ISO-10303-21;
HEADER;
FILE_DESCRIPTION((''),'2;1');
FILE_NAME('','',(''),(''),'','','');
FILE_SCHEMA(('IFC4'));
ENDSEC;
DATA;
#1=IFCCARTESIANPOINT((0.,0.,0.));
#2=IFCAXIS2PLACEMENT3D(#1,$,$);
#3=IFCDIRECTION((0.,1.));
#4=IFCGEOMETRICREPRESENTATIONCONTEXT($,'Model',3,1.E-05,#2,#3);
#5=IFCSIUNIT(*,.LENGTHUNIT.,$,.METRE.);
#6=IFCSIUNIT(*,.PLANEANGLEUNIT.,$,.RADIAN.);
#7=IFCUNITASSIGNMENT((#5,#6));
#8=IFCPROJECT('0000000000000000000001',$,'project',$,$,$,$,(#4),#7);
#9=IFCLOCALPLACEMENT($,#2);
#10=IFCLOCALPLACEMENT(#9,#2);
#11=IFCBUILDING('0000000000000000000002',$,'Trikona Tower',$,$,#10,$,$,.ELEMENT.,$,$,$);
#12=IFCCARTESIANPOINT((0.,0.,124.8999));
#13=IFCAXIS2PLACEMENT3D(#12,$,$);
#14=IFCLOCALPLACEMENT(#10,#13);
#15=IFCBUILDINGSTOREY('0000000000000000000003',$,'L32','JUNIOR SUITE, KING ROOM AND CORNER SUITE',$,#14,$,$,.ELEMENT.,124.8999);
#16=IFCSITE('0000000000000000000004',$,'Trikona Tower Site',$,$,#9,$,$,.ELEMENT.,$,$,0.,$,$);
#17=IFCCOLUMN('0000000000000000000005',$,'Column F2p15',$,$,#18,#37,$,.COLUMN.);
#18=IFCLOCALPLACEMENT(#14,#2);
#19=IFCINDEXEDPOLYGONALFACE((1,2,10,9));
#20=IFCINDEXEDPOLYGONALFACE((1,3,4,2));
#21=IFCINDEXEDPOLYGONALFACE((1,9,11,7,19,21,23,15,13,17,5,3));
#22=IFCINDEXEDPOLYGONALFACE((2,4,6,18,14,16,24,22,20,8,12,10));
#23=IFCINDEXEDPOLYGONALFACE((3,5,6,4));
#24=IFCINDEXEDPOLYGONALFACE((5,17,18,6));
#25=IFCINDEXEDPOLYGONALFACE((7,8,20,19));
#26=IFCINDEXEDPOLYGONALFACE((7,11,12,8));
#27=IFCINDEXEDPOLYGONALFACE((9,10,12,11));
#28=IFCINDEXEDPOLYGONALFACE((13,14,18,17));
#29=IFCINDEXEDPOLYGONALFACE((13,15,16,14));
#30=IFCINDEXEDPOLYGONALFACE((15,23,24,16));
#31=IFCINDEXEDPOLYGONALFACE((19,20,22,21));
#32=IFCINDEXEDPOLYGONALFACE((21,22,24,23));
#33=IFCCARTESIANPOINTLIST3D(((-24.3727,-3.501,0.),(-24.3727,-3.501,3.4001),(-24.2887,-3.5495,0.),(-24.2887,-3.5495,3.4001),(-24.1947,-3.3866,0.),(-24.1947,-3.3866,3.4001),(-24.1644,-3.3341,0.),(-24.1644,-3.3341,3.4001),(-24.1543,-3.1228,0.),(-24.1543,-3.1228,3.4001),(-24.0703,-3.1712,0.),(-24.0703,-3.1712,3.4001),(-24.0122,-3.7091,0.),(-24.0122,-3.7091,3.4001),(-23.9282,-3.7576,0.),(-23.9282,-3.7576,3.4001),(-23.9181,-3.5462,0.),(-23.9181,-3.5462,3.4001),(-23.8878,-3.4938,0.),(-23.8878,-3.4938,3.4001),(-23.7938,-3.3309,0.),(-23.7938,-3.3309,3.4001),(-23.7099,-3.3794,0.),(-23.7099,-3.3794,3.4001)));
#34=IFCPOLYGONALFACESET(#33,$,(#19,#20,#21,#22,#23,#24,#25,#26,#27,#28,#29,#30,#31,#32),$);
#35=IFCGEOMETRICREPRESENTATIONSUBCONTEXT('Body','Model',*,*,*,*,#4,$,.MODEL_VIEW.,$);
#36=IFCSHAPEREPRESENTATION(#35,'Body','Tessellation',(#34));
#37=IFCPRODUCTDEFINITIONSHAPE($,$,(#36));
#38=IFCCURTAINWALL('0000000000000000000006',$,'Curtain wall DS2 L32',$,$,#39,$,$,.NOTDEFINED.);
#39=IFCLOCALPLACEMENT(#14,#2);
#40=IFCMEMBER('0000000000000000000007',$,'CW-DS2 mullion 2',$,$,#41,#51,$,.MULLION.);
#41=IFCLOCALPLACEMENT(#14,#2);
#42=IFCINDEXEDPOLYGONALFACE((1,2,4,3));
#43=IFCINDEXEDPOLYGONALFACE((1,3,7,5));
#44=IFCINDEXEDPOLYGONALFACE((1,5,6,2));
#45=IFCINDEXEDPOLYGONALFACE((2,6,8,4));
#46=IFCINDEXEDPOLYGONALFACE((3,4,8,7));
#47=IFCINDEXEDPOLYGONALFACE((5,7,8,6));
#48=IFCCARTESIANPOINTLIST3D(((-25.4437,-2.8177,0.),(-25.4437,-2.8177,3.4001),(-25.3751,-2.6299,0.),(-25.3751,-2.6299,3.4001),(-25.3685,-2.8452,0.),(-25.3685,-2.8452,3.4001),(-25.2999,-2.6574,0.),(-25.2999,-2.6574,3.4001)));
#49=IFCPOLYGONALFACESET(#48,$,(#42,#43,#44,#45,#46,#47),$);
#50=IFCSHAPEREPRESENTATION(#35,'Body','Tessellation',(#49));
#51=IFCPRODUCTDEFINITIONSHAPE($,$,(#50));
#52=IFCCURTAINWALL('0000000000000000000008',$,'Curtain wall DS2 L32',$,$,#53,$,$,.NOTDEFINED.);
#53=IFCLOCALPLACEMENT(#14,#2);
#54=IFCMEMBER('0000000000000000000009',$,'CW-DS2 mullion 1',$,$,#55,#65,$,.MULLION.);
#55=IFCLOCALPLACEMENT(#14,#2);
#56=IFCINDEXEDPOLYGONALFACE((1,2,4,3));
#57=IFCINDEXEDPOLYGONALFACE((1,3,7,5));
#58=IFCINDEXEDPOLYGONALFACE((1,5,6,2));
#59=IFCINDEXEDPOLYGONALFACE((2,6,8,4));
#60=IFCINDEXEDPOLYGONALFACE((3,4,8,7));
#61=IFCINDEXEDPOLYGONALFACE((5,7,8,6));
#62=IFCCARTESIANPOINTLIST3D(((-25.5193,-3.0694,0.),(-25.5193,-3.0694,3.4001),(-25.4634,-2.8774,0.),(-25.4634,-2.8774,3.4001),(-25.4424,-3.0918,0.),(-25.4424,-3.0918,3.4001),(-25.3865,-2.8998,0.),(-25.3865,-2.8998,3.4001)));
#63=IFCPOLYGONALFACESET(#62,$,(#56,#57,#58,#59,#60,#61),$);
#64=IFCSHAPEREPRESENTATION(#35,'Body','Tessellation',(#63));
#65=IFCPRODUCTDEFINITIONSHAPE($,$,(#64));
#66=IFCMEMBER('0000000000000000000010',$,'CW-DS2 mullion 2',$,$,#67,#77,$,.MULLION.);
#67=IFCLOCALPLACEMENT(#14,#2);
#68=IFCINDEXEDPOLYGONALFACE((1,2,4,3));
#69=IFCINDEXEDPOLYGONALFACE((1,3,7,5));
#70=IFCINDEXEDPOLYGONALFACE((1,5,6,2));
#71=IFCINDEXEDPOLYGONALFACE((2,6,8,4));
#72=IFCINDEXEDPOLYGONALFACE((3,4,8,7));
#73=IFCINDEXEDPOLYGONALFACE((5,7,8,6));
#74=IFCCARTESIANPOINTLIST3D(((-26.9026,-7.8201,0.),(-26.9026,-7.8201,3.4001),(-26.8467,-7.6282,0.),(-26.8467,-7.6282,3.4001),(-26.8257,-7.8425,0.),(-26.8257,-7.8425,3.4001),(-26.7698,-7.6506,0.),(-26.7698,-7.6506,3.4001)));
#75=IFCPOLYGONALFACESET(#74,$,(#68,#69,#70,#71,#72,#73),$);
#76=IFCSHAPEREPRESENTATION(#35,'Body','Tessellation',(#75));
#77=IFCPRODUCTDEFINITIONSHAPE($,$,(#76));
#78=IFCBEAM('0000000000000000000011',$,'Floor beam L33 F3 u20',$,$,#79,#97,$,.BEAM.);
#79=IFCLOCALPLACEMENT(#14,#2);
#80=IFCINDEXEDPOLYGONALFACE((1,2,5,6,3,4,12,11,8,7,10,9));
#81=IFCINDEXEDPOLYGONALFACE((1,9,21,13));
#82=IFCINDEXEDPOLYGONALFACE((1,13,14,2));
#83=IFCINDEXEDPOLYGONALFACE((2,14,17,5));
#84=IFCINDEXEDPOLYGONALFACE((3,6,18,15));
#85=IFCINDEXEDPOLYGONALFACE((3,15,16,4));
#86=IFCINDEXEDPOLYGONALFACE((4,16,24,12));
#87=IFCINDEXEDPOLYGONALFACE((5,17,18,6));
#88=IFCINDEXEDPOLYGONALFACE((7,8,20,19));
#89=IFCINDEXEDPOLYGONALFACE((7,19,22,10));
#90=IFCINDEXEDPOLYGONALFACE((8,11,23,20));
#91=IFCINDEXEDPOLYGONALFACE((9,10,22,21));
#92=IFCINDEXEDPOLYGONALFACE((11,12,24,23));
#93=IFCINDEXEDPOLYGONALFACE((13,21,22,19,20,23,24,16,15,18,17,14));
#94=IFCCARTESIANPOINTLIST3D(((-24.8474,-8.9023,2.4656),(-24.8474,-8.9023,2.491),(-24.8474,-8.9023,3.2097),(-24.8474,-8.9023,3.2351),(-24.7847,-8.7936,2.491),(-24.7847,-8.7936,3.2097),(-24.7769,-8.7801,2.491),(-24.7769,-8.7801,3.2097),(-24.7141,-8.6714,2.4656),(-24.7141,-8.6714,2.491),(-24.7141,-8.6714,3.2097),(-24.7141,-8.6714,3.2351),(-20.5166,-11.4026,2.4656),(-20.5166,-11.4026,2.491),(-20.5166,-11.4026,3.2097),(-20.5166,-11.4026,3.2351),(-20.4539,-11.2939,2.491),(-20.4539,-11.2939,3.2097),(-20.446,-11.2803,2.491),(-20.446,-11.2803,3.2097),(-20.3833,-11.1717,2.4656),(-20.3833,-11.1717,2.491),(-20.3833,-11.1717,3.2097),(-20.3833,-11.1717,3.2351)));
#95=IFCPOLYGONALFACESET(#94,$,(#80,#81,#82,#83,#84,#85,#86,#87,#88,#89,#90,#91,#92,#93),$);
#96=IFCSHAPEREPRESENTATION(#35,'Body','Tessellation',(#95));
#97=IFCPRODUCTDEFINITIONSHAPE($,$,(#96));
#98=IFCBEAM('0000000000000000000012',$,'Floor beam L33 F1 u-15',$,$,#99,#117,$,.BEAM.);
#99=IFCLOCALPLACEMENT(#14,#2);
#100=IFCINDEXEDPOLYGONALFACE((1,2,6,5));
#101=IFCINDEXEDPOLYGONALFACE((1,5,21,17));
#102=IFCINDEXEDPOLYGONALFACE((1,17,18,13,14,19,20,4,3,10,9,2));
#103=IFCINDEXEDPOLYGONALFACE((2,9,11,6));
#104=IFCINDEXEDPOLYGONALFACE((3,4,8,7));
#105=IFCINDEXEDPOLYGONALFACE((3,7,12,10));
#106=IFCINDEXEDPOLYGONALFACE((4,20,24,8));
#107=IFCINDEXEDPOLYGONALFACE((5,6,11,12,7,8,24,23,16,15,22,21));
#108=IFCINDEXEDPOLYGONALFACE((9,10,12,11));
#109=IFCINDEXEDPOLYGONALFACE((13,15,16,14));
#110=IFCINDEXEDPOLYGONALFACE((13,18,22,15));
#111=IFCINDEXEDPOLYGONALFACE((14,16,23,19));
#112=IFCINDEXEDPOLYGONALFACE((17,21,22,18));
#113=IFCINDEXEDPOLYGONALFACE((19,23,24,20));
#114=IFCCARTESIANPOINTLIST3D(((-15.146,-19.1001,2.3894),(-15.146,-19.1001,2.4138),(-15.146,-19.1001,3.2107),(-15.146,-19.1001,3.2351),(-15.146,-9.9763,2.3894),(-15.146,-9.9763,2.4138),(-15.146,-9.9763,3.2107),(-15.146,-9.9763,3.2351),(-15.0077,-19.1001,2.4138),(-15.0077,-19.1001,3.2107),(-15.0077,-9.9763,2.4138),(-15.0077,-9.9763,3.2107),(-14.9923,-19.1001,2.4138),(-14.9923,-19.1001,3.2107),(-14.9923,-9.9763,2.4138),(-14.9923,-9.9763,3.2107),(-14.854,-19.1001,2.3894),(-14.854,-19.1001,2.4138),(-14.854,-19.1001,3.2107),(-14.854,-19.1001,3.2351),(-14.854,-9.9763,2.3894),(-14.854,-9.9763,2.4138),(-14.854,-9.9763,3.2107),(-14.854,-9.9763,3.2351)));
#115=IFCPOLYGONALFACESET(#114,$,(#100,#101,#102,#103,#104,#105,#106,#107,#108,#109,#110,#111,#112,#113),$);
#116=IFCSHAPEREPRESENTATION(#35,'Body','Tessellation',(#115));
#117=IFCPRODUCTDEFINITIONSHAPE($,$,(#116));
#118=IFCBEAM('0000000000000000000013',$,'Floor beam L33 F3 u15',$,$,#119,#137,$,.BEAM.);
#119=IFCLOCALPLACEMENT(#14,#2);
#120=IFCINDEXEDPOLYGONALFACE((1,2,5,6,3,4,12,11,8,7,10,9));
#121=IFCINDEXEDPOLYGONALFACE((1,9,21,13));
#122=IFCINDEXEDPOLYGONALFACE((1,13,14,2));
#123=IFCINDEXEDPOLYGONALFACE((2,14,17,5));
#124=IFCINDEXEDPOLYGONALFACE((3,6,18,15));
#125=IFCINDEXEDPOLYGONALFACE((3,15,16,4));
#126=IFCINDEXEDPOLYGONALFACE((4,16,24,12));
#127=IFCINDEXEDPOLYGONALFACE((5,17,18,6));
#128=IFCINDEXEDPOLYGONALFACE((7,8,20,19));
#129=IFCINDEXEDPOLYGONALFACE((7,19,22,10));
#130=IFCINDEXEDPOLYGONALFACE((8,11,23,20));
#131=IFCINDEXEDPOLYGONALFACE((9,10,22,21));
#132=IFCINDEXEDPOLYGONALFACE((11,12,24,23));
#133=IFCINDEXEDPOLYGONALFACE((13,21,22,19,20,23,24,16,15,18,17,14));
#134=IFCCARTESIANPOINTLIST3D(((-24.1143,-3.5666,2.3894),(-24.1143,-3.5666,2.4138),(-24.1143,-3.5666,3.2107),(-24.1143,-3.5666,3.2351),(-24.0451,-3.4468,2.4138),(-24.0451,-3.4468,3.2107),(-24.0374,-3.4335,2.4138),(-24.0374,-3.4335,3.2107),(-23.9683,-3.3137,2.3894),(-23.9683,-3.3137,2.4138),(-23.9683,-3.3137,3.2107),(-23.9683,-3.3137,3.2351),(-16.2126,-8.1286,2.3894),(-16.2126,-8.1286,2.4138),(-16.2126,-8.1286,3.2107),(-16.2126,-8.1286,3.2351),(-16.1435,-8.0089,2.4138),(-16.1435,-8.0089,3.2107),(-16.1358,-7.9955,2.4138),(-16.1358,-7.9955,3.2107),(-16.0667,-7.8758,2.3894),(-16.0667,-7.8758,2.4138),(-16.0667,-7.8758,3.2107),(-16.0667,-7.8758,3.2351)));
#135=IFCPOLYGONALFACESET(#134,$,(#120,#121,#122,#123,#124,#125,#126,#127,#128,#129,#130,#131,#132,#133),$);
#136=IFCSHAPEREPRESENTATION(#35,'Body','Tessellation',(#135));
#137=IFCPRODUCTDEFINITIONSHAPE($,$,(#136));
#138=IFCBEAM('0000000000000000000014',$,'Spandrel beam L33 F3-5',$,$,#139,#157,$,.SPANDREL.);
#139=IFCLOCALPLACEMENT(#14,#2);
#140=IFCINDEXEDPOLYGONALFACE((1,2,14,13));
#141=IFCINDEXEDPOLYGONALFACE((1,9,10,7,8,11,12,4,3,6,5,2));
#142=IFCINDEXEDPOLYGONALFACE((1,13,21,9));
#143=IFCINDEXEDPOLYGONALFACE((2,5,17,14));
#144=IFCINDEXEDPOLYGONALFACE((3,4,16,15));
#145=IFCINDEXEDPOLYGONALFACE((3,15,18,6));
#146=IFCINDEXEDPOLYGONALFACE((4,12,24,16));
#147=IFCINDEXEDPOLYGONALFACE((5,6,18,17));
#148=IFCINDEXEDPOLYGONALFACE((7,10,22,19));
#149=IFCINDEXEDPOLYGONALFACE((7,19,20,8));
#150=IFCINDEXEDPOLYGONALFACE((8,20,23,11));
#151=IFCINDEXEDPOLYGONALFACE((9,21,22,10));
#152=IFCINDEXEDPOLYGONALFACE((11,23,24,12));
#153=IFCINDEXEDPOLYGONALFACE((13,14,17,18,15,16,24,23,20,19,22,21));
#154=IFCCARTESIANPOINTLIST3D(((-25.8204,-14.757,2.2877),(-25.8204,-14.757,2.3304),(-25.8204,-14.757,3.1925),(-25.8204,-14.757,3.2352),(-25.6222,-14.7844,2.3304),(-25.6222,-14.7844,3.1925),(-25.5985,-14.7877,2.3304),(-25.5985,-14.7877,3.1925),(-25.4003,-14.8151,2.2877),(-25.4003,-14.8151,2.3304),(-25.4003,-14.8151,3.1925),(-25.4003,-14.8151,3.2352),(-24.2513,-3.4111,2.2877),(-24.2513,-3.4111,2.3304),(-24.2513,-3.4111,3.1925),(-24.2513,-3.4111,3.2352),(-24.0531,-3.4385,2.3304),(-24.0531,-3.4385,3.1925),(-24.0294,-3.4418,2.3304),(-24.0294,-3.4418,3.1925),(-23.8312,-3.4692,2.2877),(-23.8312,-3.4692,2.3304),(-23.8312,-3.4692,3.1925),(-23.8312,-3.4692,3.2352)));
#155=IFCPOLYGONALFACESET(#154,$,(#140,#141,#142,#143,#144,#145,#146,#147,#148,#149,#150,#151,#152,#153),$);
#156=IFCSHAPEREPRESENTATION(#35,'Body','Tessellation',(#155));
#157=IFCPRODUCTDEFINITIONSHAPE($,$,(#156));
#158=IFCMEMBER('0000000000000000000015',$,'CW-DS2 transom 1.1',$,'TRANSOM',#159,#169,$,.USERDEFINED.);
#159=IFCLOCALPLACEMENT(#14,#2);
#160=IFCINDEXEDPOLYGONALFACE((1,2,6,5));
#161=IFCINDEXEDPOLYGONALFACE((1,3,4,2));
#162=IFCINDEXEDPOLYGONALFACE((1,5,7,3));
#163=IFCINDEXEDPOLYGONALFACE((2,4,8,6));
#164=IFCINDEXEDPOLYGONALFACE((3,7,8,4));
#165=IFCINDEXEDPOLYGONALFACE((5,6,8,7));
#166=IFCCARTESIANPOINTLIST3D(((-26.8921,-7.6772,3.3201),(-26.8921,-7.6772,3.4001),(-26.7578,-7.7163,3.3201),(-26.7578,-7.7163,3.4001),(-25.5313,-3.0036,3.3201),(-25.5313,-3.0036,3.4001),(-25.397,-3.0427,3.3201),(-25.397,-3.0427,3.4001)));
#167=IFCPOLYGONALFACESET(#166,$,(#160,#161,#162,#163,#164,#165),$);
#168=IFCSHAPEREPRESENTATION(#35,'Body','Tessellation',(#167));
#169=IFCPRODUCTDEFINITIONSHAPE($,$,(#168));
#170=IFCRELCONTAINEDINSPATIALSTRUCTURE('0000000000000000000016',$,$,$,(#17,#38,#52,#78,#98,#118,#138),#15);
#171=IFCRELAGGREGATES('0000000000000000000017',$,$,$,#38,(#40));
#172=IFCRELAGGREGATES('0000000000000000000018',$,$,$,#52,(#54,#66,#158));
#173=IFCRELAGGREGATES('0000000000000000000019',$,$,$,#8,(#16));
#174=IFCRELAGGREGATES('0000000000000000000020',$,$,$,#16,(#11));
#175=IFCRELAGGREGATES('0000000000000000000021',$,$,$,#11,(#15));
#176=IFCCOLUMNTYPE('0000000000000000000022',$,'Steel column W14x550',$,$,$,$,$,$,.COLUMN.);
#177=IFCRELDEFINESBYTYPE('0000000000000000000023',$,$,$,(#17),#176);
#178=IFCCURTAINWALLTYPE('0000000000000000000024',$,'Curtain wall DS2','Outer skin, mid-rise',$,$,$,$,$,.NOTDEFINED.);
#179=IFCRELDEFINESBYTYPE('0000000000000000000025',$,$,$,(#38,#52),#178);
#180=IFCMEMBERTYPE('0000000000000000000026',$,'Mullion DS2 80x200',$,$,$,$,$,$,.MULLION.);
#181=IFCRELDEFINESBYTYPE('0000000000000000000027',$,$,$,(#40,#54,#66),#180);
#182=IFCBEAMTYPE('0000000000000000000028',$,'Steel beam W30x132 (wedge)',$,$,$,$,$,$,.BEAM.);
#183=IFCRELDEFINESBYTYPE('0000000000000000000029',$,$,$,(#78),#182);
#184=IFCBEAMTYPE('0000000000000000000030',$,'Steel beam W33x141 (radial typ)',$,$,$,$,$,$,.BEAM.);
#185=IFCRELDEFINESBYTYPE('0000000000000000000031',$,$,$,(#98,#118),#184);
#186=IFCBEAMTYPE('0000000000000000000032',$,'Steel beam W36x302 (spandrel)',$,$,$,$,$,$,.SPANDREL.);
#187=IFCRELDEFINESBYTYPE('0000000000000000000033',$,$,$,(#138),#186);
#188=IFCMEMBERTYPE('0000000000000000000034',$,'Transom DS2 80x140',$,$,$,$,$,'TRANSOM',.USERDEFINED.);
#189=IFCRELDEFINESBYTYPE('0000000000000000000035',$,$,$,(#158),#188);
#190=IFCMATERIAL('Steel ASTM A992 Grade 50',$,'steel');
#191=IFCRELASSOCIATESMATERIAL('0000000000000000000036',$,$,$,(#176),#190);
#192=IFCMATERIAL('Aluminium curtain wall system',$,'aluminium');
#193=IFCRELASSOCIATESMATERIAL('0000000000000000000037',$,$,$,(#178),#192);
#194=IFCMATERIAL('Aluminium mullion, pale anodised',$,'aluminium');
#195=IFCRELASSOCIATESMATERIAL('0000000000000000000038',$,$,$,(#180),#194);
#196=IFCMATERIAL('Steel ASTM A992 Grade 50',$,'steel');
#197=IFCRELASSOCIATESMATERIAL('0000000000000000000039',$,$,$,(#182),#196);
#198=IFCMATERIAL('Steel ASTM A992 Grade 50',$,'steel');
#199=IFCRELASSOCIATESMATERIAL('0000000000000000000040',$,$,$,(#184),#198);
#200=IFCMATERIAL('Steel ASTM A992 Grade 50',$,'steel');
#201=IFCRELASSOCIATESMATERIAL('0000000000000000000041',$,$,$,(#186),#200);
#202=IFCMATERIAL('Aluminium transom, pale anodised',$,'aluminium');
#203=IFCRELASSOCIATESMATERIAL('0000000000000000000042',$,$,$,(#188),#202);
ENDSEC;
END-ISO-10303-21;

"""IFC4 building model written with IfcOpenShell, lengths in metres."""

from ifc_helpers import new_model, si_unit, direction, frame, origin, origin_2d, place, context, subcontext, project, spatial, rectangle, i_section, extrude, material, material_profile, profile_set, type_object, element, aggregate, save


model = new_model("IFC4")

# Units and contexts
model_context = context("Model", 3, precision=1e-05, world=origin(), true_north=direction((0.0, 1.0)))
body_context = subcontext(model_context, "Body", "Model", "MODEL_VIEW")
ifc_project = project(units=[si_unit("LENGTHUNIT", "METRE"), si_unit("PLANEANGLEUNIT", "RADIAN")], contexts=[model_context])

# Site, building, storey
site_placement = place(None, origin())
site = spatial("IfcSite", under=ifc_project, at=site_placement, Name="Trikona Tower Site", CompositionType="ELEMENT", RefElevation=0.0)
building_placement = place(site_placement, origin())
building = spatial("IfcBuilding", under=site, at=building_placement, Name="Trikona Tower", CompositionType="ELEMENT")
storey_placement = place(building_placement, frame((0.0, 0.0, 124.8999)))
storey = spatial("IfcBuildingStorey", under=building, at=storey_placement, Name="L32", Description="JUNIOR SUITE, KING ROOM AND CORNER SUITE", CompositionType="ELEMENT", Elevation=124.8999)

# Column
ifc_material_1 = material(Name="Steel ASTM A992 Grade 50", Category="steel")
ifc_material_profile_1 = material_profile(ifc_material_1, i_section(OverallWidth=0.4368, OverallDepth=0.5132, WebThickness=0.0605, FlangeThickness=0.0969, at=origin_2d()), Name="W14X550")
ifc_profile_set_1 = profile_set([ifc_material_profile_1], Name="Steel ASTM A992 Grade 50")
column_type = type_object("IfcColumnType", Name="Steel column W14x550", PredefinedType="COLUMN", material=ifc_profile_set_1)
column_placement = place(storey_placement, frame((-24.0413, -3.4402, 0.0), z_axis=(0.0, 0.0, 1.0), x_axis=(-0.5, -0.866025, 0.0)))
element("IfcColumn", 1, at=column_placement, inside=storey, type_object=column_type, Name="Column F2p15", PredefinedType="COLUMN", context=body_context, shape_type="SweptSolid", body=[
    extrude(i_section(OverallWidth=0.4368, OverallDepth=0.5132, WebThickness=0.0605, FlangeThickness=0.0969, at=origin_2d()), origin(), (0.0, 0.0, 1.0), 3.4001),
])

# Curtain wall, member
ifc_material_2 = material(Name="Aluminium curtain wall system", Category="aluminium")
curtain_wall_type = type_object("IfcCurtainWallType", Name="Curtain wall DS2", Description="Outer skin, mid-rise", PredefinedType="NOTDEFINED", material=ifc_material_2)
curtain_wall_1_placement = place(storey_placement, origin())
curtain_wall_1 = element("IfcCurtainWall", 2, at=curtain_wall_1_placement, inside=storey, type_object=curtain_wall_type, Name="Curtain wall DS2 L32", PredefinedType="NOTDEFINED")
ifc_material_3 = material(Name="Aluminium mullion, pale anodised", Category="aluminium")
ifc_material_profile_2 = material_profile(ifc_material_3, rectangle(XDim=0.0801, YDim=0.2, at=origin_2d()), Name="MUL-DS2")
ifc_profile_set_2 = profile_set([ifc_material_profile_2], Name="Aluminium mullion, pale anodised")
member_type_1 = type_object("IfcMemberType", Name="Mullion DS2 80x200", PredefinedType="MULLION", material=ifc_profile_set_2)
member_1_placement = place(storey_placement, frame((-25.3718, -2.7375, 0.0), z_axis=(0.0, 0.0, 1.0), x_axis=(0.939254, -0.343223, 0.0)))
member_1 = element("IfcMember", 3, at=member_1_placement, type_object=member_type_1, Name="CW-DS2 mullion 2", PredefinedType="MULLION", context=body_context, shape_type="SweptSolid", body=[
    extrude(rectangle(XDim=0.0801, YDim=0.2, at=origin_2d()), origin(), (0.0, 0.0, 1.0), 3.4001),
])
aggregate(curtain_wall_1, [member_1])

# Curtain wall, members
curtain_wall_2_placement = place(storey_placement, origin())
curtain_wall_2 = element("IfcCurtainWall", 4, at=curtain_wall_2_placement, inside=storey, type_object=curtain_wall_type, Name="Curtain wall DS2 L32", PredefinedType="NOTDEFINED")
member_2_placement = place(storey_placement, frame((-25.4529, -2.9846, 0.0), z_axis=(0.0, 0.0, 1.0), x_axis=(0.960133, -0.279543, 0.0)))
member_2 = element("IfcMember", 5, at=member_2_placement, type_object=member_type_1, Name="CW-DS2 mullion 1", PredefinedType="MULLION", context=body_context, shape_type="SweptSolid", body=[
    extrude(rectangle(XDim=0.0801, YDim=0.2, at=origin_2d()), origin(), (0.0, 0.0, 1.0), 3.4001),
])
member_3_placement = place(storey_placement, frame((-26.8362, -7.7354, 0.0), z_axis=(0.0, 0.0, 1.0), x_axis=(0.960133, -0.279543, 0.0)))
member_3 = element("IfcMember", 6, at=member_3_placement, type_object=member_type_1, Name="CW-DS2 mullion 2", PredefinedType="MULLION", context=body_context, shape_type="SweptSolid", body=[
    extrude(rectangle(XDim=0.0801, YDim=0.2, at=origin_2d()), origin(), (0.0, 0.0, 1.0), 3.4001),
])

# Beams
ifc_material_4 = material(Name="Steel ASTM A992 Grade 50", Category="steel")
ifc_material_profile_3 = material_profile(ifc_material_4, i_section(OverallWidth=0.2666, OverallDepth=0.7695, WebThickness=0.0156, FlangeThickness=0.0254, at=origin_2d()), Name="W30X132")
ifc_profile_set_3 = profile_set([ifc_material_profile_3], Name="Steel ASTM A992 Grade 50")
beam_type_1 = type_object("IfcBeamType", Name="Steel beam W30x132 (wedge)", PredefinedType="BEAM", material=ifc_profile_set_3)
beam_1_placement = place(storey_placement, frame((-20.45, -11.2871, 2.8503), z_axis=(-0.866038, 0.499977, 0.0), x_axis=(-0.499977, -0.866038, 0.0)))
element("IfcBeam", 7, at=beam_1_placement, inside=storey, type_object=beam_type_1, Name="Floor beam L33 F3 u20", PredefinedType="BEAM", context=body_context, shape_type="SweptSolid", body=[
    extrude(i_section(OverallWidth=0.2666, OverallDepth=0.7695, WebThickness=0.0156, FlangeThickness=0.0254, at=origin_2d()), origin(), (0.0, 0.0, 1.0), 5.0007),
])
ifc_material_5 = material(Name="Steel ASTM A992 Grade 50", Category="steel")
ifc_material_profile_4 = material_profile(ifc_material_5, i_section(OverallWidth=0.292, OverallDepth=0.8457, WebThickness=0.0154, FlangeThickness=0.0244, at=origin_2d()), Name="W33X141")
ifc_profile_set_4 = profile_set([ifc_material_profile_4], Name="Steel ASTM A992 Grade 50")
beam_type_2 = type_object("IfcBeamType", Name="Steel beam W33x141 (radial typ)", PredefinedType="BEAM", material=ifc_profile_set_4)
beam_2_placement = place(storey_placement, frame((-15.0, -9.9763, 2.8123), z_axis=(0.0, -1.0, 0.0), x_axis=(1.0, 0.0, 0.0)))
element("IfcBeam", 8, at=beam_2_placement, inside=storey, type_object=beam_type_2, Name="Floor beam L33 F1 u-15", PredefinedType="BEAM", context=body_context, shape_type="SweptSolid", body=[
    extrude(i_section(OverallWidth=0.292, OverallDepth=0.8457, WebThickness=0.0154, FlangeThickness=0.0244, at=origin_2d()), origin(), (0.0, 0.0, 1.0), 9.1238),
])
beam_3_placement = place(storey_placement, frame((-16.1396, -8.0022, 2.8123), z_axis=(-0.866025, 0.500001, 0.0), x_axis=(-0.500001, -0.866025, 0.0)))
element("IfcBeam", 9, at=beam_3_placement, inside=storey, type_object=beam_type_2, Name="Floor beam L33 F3 u15", PredefinedType="BEAM", context=body_context, shape_type="SweptSolid", body=[
    extrude(i_section(OverallWidth=0.292, OverallDepth=0.8457, WebThickness=0.0154, FlangeThickness=0.0244, at=origin_2d()), origin(), (0.0, 0.0, 1.0), 9.124),
])
ifc_material_6 = material(Name="Steel ASTM A992 Grade 50", Category="steel")
ifc_material_profile_5 = material_profile(ifc_material_6, i_section(OverallWidth=0.4241, OverallDepth=0.9475, WebThickness=0.0239, FlangeThickness=0.0427, at=origin_2d()), Name="W36X302")
ifc_profile_set_5 = profile_set([ifc_material_profile_5], Name="Steel ASTM A992 Grade 50")
beam_type_3 = type_object("IfcBeamType", Name="Steel beam W36x302 (spandrel)", PredefinedType="SPANDREL", material=ifc_profile_set_5)
beam_4_placement = place(storey_placement, frame((-24.0413, -3.4402, 2.7615), z_axis=(-0.136992, -0.990572, 0.0), x_axis=(0.990572, -0.136992, 0.0)))
element("IfcBeam", 10, at=beam_4_placement, inside=storey, type_object=beam_type_3, Name="Spandrel beam L33 F3-5", PredefinedType="SPANDREL", context=body_context, shape_type="SweptSolid", body=[
    extrude(i_section(OverallWidth=0.4241, OverallDepth=0.9475, WebThickness=0.0239, FlangeThickness=0.0427, at=origin_2d()), origin(), (0.0, 0.0, 1.0), 11.4539),
])

# Member
ifc_material_7 = material(Name="Aluminium transom, pale anodised", Category="aluminium")
ifc_material_profile_6 = material_profile(ifc_material_7, rectangle(XDim=0.1399, YDim=0.0801, at=origin_2d()), Name="TRN-DS2")
ifc_profile_set_6 = profile_set([ifc_material_profile_6], Name="Aluminium transom, pale anodised")
member_type_2 = type_object("IfcMemberType", Name="Transom DS2 80x140", ElementType="TRANSOM", PredefinedType="USERDEFINED", material=ifc_profile_set_6)
member_4_placement = place(storey_placement, frame((-25.4641, -3.0232, 3.3601), z_axis=(-0.279567, -0.960126, 0.0), x_axis=(0.960126, -0.279567, 0.0)))
member_4 = element("IfcMember", 11, at=member_4_placement, type_object=member_type_2, Name="CW-DS2 transom 1.1", ObjectType="TRANSOM", PredefinedType="USERDEFINED", context=body_context, shape_type="SweptSolid", body=[
    extrude(rectangle(XDim=0.1399, YDim=0.0801, at=origin_2d()), origin(), (0.0, 0.0, 1.0), 4.8677),
])

aggregate(curtain_wall_2, [member_2, member_3, member_4])

save(model, "model.ifc")
